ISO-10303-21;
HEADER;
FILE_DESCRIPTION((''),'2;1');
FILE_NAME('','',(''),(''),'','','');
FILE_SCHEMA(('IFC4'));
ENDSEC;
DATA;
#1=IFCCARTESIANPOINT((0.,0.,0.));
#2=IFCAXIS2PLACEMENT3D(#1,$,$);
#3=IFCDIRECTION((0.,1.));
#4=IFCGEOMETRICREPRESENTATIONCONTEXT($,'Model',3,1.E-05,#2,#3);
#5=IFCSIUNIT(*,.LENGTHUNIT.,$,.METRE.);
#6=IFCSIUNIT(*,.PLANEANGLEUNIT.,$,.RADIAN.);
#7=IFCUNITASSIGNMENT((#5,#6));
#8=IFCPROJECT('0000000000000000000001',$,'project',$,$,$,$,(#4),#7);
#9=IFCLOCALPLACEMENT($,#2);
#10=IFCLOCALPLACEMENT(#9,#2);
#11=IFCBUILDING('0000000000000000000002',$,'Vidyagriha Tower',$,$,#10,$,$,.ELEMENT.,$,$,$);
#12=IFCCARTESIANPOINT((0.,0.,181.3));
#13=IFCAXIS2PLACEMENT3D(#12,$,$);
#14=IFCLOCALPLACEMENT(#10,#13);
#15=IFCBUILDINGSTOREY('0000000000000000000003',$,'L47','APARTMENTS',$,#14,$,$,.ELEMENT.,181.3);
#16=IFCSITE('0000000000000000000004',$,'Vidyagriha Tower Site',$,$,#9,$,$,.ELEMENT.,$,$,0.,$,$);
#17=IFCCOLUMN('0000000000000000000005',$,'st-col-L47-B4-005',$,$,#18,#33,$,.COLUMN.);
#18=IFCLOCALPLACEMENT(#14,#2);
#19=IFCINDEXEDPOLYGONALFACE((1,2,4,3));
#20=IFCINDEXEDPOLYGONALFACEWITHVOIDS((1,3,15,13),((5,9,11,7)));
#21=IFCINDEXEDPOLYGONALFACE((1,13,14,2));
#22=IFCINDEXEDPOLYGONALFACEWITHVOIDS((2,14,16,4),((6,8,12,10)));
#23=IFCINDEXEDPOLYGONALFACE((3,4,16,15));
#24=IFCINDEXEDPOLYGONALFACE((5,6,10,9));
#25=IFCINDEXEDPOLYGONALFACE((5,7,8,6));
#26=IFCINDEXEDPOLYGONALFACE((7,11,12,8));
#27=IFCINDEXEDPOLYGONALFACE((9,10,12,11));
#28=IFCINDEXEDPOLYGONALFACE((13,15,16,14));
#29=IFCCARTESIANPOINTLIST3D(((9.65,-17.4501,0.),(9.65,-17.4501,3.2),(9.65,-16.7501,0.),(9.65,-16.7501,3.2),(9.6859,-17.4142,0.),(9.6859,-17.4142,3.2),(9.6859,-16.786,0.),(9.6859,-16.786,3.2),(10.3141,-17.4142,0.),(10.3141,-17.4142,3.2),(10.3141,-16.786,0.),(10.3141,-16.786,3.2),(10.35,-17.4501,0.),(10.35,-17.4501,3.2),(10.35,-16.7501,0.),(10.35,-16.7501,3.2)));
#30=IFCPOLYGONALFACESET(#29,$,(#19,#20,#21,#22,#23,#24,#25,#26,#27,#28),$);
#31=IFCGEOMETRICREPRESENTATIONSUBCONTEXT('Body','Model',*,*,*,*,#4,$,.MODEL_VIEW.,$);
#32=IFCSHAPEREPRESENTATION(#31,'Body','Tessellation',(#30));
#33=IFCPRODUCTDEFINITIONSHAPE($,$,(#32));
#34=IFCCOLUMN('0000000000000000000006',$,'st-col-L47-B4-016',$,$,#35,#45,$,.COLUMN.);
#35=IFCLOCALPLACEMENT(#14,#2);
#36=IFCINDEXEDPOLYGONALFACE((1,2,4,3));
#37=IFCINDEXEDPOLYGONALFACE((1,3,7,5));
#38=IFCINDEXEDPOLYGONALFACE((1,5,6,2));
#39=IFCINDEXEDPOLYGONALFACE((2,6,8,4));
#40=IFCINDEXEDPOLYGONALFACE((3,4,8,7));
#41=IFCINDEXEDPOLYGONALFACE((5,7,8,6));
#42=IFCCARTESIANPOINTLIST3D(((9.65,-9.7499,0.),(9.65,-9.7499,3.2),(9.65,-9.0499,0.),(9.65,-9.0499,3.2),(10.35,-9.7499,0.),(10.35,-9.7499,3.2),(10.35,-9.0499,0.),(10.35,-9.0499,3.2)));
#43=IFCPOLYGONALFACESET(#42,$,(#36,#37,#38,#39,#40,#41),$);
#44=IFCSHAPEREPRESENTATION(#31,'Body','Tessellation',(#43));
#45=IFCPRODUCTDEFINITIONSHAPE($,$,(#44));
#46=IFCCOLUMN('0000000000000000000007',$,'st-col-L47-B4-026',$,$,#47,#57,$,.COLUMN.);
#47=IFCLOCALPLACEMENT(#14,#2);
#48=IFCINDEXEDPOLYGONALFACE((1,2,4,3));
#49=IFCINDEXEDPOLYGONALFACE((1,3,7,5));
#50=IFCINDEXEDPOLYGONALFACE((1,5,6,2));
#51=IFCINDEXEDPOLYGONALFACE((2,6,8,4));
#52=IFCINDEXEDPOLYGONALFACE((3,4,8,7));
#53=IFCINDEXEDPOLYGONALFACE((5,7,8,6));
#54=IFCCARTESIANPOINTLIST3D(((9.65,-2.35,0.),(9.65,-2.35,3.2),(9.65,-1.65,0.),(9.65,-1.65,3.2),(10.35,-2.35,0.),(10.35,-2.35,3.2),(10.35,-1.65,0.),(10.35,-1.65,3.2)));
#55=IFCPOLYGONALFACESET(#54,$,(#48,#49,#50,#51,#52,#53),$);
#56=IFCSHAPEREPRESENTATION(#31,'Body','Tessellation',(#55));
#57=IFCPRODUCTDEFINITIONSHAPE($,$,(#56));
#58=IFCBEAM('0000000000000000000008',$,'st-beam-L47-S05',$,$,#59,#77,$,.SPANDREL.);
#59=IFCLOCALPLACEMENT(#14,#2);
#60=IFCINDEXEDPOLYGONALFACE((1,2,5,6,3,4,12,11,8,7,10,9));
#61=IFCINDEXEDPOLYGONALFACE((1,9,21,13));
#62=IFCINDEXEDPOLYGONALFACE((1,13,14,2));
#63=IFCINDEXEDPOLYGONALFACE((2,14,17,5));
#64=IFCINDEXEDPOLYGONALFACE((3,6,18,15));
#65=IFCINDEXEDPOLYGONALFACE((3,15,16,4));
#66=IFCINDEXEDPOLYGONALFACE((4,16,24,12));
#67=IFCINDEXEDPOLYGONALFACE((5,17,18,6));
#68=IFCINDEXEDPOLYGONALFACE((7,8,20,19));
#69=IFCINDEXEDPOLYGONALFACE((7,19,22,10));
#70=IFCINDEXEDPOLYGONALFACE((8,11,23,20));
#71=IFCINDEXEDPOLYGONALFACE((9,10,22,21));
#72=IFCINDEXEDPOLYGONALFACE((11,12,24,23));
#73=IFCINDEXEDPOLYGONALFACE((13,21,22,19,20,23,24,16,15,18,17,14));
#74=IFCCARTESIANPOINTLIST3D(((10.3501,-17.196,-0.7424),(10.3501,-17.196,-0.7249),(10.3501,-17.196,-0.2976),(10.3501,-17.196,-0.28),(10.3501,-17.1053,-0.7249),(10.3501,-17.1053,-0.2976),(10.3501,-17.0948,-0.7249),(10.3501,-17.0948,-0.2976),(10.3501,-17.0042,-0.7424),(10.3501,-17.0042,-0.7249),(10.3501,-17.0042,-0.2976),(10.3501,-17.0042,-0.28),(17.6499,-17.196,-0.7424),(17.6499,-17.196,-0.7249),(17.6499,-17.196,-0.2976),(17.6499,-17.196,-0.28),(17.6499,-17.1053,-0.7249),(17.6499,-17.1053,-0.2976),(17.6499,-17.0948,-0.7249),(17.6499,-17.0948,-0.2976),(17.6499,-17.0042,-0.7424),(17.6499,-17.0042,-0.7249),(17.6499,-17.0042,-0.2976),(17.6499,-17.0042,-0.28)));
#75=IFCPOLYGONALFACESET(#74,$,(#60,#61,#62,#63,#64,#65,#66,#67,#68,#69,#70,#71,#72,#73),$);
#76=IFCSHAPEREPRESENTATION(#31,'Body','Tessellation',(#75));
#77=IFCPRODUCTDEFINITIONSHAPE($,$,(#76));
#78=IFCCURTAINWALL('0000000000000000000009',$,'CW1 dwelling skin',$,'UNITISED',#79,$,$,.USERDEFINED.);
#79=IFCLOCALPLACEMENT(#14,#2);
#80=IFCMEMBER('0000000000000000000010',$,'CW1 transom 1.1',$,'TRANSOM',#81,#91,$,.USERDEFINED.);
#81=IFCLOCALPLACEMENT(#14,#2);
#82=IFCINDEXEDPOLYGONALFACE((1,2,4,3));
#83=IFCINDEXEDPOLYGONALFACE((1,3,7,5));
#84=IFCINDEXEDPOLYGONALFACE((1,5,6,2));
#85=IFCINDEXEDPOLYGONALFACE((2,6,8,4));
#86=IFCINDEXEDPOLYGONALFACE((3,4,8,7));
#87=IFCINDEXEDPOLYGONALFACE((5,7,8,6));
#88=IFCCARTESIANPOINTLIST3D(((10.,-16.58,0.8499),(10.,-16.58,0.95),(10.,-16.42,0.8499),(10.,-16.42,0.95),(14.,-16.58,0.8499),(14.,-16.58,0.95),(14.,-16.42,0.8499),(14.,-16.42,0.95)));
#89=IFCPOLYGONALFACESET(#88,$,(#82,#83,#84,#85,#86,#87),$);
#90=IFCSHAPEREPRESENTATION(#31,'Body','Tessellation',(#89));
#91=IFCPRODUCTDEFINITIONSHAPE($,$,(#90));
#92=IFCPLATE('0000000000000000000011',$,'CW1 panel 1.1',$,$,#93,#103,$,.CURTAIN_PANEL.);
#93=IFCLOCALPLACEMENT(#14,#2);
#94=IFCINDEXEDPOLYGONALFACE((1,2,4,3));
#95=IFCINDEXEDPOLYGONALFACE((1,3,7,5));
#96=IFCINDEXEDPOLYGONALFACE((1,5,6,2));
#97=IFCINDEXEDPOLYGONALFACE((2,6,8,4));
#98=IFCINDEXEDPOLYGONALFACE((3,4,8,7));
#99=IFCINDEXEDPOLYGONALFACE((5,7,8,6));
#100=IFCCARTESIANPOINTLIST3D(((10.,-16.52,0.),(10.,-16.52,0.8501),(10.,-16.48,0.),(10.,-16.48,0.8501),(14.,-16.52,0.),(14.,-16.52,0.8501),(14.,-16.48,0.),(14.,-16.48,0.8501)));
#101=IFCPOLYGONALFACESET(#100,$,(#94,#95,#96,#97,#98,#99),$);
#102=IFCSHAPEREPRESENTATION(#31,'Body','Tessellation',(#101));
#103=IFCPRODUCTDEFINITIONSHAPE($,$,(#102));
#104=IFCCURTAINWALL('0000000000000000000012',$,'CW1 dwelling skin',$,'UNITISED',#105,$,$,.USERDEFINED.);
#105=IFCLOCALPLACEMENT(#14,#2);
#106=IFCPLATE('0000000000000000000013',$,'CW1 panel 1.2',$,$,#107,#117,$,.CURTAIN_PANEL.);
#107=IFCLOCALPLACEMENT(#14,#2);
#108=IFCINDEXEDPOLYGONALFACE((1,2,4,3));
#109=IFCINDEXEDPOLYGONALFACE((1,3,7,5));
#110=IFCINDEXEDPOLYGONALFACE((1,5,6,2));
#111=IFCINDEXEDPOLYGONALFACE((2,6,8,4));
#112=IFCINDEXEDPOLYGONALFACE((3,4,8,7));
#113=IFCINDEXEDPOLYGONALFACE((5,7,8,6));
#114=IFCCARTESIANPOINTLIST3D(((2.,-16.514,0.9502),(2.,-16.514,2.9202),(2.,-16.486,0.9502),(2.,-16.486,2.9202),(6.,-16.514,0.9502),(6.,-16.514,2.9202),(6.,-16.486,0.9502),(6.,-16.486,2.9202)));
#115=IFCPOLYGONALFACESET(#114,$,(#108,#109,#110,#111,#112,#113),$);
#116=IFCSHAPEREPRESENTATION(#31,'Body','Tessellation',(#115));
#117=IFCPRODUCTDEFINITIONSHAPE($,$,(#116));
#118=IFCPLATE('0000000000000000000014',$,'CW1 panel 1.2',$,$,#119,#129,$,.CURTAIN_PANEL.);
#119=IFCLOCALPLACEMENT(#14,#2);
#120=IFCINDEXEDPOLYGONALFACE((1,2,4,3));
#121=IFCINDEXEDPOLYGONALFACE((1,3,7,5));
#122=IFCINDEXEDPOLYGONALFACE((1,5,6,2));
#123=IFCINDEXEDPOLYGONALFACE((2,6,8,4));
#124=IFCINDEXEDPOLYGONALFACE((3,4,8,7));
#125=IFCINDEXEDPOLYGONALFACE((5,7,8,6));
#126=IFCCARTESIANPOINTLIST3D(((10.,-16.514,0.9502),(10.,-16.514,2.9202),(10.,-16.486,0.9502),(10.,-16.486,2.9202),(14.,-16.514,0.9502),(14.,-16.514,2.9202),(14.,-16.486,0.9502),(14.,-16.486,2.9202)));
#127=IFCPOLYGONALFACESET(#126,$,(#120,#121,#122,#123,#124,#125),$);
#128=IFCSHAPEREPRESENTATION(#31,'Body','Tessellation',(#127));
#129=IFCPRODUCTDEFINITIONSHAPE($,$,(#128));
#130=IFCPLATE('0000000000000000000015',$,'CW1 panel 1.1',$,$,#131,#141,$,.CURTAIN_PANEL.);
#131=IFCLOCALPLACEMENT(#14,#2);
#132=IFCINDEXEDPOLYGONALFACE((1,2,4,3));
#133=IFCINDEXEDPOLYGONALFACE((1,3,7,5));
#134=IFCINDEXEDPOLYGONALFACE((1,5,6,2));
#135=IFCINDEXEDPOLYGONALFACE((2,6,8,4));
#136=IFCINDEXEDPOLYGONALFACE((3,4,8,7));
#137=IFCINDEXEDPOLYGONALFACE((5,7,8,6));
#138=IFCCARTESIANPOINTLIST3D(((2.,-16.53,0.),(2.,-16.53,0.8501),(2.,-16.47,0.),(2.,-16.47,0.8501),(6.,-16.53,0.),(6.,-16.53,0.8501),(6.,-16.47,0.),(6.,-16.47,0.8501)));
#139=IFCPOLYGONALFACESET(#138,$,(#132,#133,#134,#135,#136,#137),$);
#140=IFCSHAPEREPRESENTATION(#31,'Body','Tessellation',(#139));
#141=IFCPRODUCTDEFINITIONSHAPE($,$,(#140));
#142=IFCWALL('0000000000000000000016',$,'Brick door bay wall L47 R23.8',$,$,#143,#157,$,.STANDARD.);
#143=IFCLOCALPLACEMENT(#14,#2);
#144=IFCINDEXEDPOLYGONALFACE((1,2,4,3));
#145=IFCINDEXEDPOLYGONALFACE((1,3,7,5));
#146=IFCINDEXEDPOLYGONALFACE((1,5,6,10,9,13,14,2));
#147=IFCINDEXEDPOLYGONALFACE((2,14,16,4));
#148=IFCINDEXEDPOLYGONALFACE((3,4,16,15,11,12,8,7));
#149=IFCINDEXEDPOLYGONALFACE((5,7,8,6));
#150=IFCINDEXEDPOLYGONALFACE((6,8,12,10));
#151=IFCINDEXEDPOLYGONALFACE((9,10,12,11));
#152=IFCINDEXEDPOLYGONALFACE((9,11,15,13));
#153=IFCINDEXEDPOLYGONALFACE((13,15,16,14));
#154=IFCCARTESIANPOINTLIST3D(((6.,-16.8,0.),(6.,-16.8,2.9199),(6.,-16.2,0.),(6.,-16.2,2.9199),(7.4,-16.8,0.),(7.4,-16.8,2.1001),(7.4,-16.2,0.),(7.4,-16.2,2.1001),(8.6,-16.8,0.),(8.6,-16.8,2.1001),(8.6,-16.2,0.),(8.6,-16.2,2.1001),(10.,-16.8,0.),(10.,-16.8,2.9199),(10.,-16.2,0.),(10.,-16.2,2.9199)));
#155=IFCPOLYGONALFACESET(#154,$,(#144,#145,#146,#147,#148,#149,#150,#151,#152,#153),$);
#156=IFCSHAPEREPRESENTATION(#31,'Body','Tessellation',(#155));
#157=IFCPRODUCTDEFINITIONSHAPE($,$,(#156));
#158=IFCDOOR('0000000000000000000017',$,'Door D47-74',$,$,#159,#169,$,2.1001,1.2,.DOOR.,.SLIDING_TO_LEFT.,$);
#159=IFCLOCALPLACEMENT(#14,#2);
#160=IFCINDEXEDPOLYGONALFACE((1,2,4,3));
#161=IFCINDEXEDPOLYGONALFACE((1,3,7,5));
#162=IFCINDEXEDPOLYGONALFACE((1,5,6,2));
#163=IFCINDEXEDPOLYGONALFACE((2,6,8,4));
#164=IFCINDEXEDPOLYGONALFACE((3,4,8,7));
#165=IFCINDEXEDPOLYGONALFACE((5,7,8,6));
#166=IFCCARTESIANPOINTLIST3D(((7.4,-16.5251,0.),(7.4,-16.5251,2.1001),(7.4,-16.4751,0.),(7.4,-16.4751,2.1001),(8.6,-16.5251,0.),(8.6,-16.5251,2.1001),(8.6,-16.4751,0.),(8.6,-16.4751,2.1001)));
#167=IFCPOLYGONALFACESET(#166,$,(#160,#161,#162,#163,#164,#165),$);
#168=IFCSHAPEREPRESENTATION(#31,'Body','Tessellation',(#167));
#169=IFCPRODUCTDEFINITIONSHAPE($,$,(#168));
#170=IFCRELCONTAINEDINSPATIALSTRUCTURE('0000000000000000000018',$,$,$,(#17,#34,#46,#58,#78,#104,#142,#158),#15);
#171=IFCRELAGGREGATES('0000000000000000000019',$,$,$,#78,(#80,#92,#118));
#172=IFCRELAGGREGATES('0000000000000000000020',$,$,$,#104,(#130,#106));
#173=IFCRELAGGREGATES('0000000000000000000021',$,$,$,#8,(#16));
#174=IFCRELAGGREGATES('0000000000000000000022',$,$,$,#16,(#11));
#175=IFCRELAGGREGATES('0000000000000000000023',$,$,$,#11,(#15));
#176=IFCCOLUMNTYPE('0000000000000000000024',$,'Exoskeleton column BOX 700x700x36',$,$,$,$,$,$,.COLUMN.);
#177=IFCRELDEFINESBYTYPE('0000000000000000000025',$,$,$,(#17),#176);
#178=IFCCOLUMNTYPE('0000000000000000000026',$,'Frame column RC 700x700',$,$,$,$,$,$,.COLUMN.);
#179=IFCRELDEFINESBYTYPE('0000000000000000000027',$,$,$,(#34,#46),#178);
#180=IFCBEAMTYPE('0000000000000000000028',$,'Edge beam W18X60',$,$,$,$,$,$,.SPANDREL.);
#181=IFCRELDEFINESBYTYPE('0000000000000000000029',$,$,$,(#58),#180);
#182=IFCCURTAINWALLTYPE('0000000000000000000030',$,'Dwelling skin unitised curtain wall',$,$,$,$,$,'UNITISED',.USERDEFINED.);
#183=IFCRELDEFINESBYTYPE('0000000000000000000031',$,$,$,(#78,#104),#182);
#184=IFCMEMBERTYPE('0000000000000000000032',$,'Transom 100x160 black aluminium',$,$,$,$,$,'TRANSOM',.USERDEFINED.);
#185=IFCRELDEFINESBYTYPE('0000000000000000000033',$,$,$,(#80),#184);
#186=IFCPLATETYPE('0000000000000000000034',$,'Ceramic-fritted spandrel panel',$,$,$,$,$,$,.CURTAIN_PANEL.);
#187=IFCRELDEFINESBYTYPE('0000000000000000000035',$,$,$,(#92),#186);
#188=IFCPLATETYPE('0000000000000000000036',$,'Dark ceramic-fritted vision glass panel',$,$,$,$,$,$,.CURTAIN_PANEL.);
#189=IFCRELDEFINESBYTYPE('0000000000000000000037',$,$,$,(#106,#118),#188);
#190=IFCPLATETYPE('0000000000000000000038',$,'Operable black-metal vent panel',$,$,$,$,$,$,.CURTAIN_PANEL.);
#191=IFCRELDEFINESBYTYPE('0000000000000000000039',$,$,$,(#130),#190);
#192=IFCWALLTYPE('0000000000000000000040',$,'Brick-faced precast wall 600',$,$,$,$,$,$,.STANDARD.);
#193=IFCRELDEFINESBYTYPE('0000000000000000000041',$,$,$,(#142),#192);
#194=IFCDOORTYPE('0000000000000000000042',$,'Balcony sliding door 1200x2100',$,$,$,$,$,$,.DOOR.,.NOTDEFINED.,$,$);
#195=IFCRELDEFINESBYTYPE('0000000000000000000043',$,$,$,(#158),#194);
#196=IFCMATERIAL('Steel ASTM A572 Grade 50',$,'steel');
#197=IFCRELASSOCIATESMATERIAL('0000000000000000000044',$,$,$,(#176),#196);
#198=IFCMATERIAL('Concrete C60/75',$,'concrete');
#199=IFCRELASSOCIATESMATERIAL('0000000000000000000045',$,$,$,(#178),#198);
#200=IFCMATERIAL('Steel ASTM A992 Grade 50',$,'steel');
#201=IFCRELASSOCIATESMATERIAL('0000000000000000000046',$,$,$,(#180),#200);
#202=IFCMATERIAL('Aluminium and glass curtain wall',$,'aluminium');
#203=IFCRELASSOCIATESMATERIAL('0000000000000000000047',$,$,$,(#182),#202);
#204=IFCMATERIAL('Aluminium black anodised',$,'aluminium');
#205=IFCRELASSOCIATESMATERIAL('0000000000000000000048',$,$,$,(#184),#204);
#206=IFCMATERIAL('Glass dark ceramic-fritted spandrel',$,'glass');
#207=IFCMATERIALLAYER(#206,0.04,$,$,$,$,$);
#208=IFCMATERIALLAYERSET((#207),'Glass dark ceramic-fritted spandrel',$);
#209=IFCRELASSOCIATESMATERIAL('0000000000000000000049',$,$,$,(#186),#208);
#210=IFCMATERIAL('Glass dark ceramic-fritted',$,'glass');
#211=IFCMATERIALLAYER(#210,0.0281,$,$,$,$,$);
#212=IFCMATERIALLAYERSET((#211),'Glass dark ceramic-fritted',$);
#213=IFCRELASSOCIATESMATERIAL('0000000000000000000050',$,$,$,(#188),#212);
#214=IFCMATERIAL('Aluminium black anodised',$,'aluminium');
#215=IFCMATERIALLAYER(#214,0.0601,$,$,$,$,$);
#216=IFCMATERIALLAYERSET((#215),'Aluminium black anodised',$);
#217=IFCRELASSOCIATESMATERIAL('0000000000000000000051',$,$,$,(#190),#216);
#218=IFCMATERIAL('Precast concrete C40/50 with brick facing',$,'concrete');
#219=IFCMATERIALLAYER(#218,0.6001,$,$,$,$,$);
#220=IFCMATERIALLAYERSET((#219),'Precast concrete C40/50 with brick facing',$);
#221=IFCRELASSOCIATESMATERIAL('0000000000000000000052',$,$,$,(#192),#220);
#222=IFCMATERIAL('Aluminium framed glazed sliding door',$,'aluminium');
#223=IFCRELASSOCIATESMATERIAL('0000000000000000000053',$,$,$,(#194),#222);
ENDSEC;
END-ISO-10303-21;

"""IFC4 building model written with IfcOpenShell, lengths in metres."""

from ifc_helpers import new_model, si_unit, direction, frame, frame_2d, origin, origin_2d, place, context, subcontext, project, spatial, rectangle, hollow_rectangle, i_section, extrude, material, layer, layer_set, material_profile, profile_set, type_object, element, fill, aggregate, save


model = new_model("IFC4")

# Units and contexts
model_context = context("Model", 3, precision=1e-05, world=origin(), true_north=direction((0.0, 1.0)))
body_context = subcontext(model_context, "Body", "Model", "MODEL_VIEW")
ifc_project = project(units=[si_unit("LENGTHUNIT", "METRE"), si_unit("PLANEANGLEUNIT", "RADIAN")], contexts=[model_context])

# Site, building, storey
site_placement = place(None, origin())
site = spatial("IfcSite", under=ifc_project, at=site_placement, Name="Vidyagriha Tower Site", CompositionType="ELEMENT", RefElevation=0.0)
building_placement = place(site_placement, origin())
building = spatial("IfcBuilding", under=site, at=building_placement, Name="Vidyagriha Tower", CompositionType="ELEMENT")
storey_placement = place(building_placement, frame((0.0, 0.0, 181.3)))
storey = spatial("IfcBuildingStorey", under=building, at=storey_placement, Name="L47", Description="APARTMENTS", CompositionType="ELEMENT", Elevation=181.3)

# Columns
ifc_material_1 = material(Name="Steel ASTM A572 Grade 50", Category="steel")
ifc_material_profile_1 = material_profile(ifc_material_1, hollow_rectangle(XDim=0.7, YDim=0.7, WallThickness=0.0359, at=origin_2d()), Name="BOX 700x700x36")
ifc_profile_set_1 = profile_set([ifc_material_profile_1], Name="Steel ASTM A572 Grade 50")
column_type_1 = type_object("IfcColumnType", Name="Exoskeleton column BOX 700x700x36", PredefinedType="COLUMN", material=ifc_profile_set_1)
column_placement = place(storey_placement, frame((10.0, -17.1001, 0.0)))
element("IfcColumn", 1, at=column_placement, inside=storey, type_object=column_type_1, Name="st-col-L47-B4-005", PredefinedType="COLUMN", context=body_context, shape_type="SweptSolid", body=[
    extrude(hollow_rectangle(XDim=0.7, YDim=0.7, WallThickness=0.0359, at=origin_2d()), origin(), (0.0, 0.0, 1.0), 3.2),
])
ifc_material_2 = material(Name="Concrete C60/75", Category="concrete")
ifc_material_profile_2 = material_profile(ifc_material_2, rectangle(XDim=0.7, YDim=0.7, at=origin_2d()), Name="RC 700x700")
ifc_profile_set_2 = profile_set([ifc_material_profile_2], Name="Concrete C60/75")
column_type_2 = type_object("IfcColumnType", Name="Frame column RC 700x700", PredefinedType="COLUMN", material=ifc_profile_set_2)
for number, where, name in (
    (2, (10.0, -9.3999, 0.0), "st-col-L47-B4-016"),
    (3, (10.0, -2.0, 0.0), "st-col-L47-B4-026"),
):
    element("IfcColumn", number, at=place(storey_placement, frame(where)), inside=storey, type_object=column_type_2, Name=name, PredefinedType="COLUMN", context=body_context, shape_type="SweptSolid", body=[
        extrude(rectangle(XDim=0.7, YDim=0.7, at=origin_2d()), origin(), (0.0, 0.0, 1.0), 3.2),
    ])

# Beam
ifc_material_3 = material(Name="Steel ASTM A992 Grade 50", Category="steel")
ifc_material_profile_3 = material_profile(ifc_material_3, i_section(OverallWidth=0.1919, OverallDepth=0.4624, WebThickness=0.0105, FlangeThickness=0.0176, at=origin_2d()), Name="W18X60")
ifc_profile_set_3 = profile_set([ifc_material_profile_3], Name="Steel ASTM A992 Grade 50")
beam_type = type_object("IfcBeamType", Name="Edge beam W18X60", PredefinedType="SPANDREL", material=ifc_profile_set_3)
beam_placement = place(storey_placement, frame((10.3501, -17.1001, -0.5112), z_axis=(1.0, 0.0, 0.0), x_axis=(0.0, 1.0, 0.0)))
element("IfcBeam", 4, at=beam_placement, inside=storey, type_object=beam_type, Name="st-beam-L47-S05", PredefinedType="SPANDREL", context=body_context, shape_type="SweptSolid", body=[
    extrude(i_section(OverallWidth=0.1919, OverallDepth=0.4624, WebThickness=0.0105, FlangeThickness=0.0176, at=origin_2d()), origin(), (0.0, 0.0, 1.0), 7.2998),
])

# Curtain wall, member, plate
ifc_material_4 = material(Name="Aluminium and glass curtain wall", Category="aluminium")
curtain_wall_type = type_object("IfcCurtainWallType", Name="Dwelling skin unitised curtain wall", ElementType="UNITISED", PredefinedType="USERDEFINED", material=ifc_material_4)
curtain_wall_1_placement = place(storey_placement, origin())
curtain_wall_1 = element("IfcCurtainWall", 5, at=curtain_wall_1_placement, inside=storey, type_object=curtain_wall_type, Name="CW1 dwelling skin", ObjectType="UNITISED", PredefinedType="USERDEFINED")
ifc_material_5 = material(Name="Aluminium black anodised", Category="aluminium")
ifc_material_profile_4 = material_profile(ifc_material_5, rectangle(XDim=0.1599, YDim=0.1001, at=origin_2d()), Name="Transom 100x160 black aluminium")
ifc_profile_set_4 = profile_set([ifc_material_profile_4], Name="Aluminium black anodised")
member_type = type_object("IfcMemberType", Name="Transom 100x160 black aluminium", ElementType="TRANSOM", PredefinedType="USERDEFINED", material=ifc_profile_set_4)
member_placement = place(storey_placement, frame((10.0, -16.5, 0.8999), z_axis=(1.0, 0.0, 0.0), x_axis=(0.0, 1.0, 0.0)))
member = element("IfcMember", 6, at=member_placement, type_object=member_type, Name="CW1 transom 1.1", ObjectType="TRANSOM", PredefinedType="USERDEFINED", context=body_context, shape_type="SweptSolid", body=[
    extrude(rectangle(XDim=0.1599, YDim=0.1001, at=origin_2d()), origin(), (0.0, 0.0, 1.0), 4.0),
])
ifc_material_6 = material(Name="Glass dark ceramic-fritted spandrel", Category="glass")
ifc_layer_1 = layer(ifc_material_6, 0.04)
ifc_layer_set_1 = layer_set([ifc_layer_1], Name="Glass dark ceramic-fritted spandrel")
plate_type_1 = type_object("IfcPlateType", Name="Ceramic-fritted spandrel panel", PredefinedType="CURTAIN_PANEL", material=ifc_layer_set_1)
plate_1_placement = place(storey_placement, frame((12.0, -16.5, 0.0)))
plate_1 = element("IfcPlate", 7, at=plate_1_placement, type_object=plate_type_1, Name="CW1 panel 1.1", PredefinedType="CURTAIN_PANEL", context=body_context, shape_type="SweptSolid", body=[
    extrude(rectangle(XDim=4.0, YDim=0.04, at=origin_2d()), origin(), (0.0, 0.0, 1.0), 0.8501),
])

# Curtain wall, plate
curtain_wall_2_placement = place(storey_placement, origin())
curtain_wall_2 = element("IfcCurtainWall", 8, at=curtain_wall_2_placement, inside=storey, type_object=curtain_wall_type, Name="CW1 dwelling skin", ObjectType="UNITISED", PredefinedType="USERDEFINED")
ifc_material_7 = material(Name="Glass dark ceramic-fritted", Category="glass")
ifc_layer_2 = layer(ifc_material_7, 0.0281)
ifc_layer_set_2 = layer_set([ifc_layer_2], Name="Glass dark ceramic-fritted")
plate_type_2 = type_object("IfcPlateType", Name="Dark ceramic-fritted vision glass panel", PredefinedType="CURTAIN_PANEL", material=ifc_layer_set_2)
plate_2_placement = place(storey_placement, frame((4.0, -16.5, 0.9502)))
plate_2 = element("IfcPlate", 9, at=plate_2_placement, type_object=plate_type_2, Name="CW1 panel 1.2", PredefinedType="CURTAIN_PANEL", context=body_context, shape_type="SweptSolid", body=[
    extrude(rectangle(XDim=4.0, YDim=0.0281, at=origin_2d()), origin(), (0.0, 0.0, 1.0), 1.97),
])

# Plates
plate_3_placement = place(storey_placement, frame((12.0, -16.5, 0.9502)))
plate_3 = element("IfcPlate", 10, at=plate_3_placement, type_object=plate_type_2, Name="CW1 panel 1.2", PredefinedType="CURTAIN_PANEL", context=body_context, shape_type="SweptSolid", body=[
    extrude(rectangle(XDim=4.0, YDim=0.0281, at=origin_2d()), origin(), (0.0, 0.0, 1.0), 1.97),
])
aggregate(curtain_wall_1, [member, plate_1, plate_3])
ifc_material_8 = material(Name="Aluminium black anodised", Category="aluminium")
ifc_layer_3 = layer(ifc_material_8, 0.0601)
ifc_layer_set_3 = layer_set([ifc_layer_3], Name="Aluminium black anodised")
plate_type_3 = type_object("IfcPlateType", Name="Operable black-metal vent panel", PredefinedType="CURTAIN_PANEL", material=ifc_layer_set_3)
plate_4_placement = place(storey_placement, frame((4.0, -16.5, 0.0)))
plate_4 = element("IfcPlate", 11, at=plate_4_placement, type_object=plate_type_3, Name="CW1 panel 1.1", PredefinedType="CURTAIN_PANEL", context=body_context, shape_type="SweptSolid", body=[
    extrude(rectangle(XDim=4.0, YDim=0.0601, at=origin_2d()), origin(), (0.0, 0.0, 1.0), 0.8501),
])
aggregate(curtain_wall_2, [plate_4, plate_2])

# Wall, opening, door
ifc_material_9 = material(Name="Precast concrete C40/50 with brick facing", Category="concrete")
ifc_layer_4 = layer(ifc_material_9, 0.6001)
ifc_layer_set_4 = layer_set([ifc_layer_4], Name="Precast concrete C40/50 with brick facing")
wall_type_1 = type_object("IfcWallType", Name="Brick-faced precast wall 600", PredefinedType="STANDARD", material=ifc_layer_set_4)
wall_1_placement = place(storey_placement, frame((6.0, -16.5, 0.0)))
wall_1 = element("IfcWall", 12, at=wall_1_placement, inside=storey, type_object=wall_type_1, Name="Brick door bay wall L47 R23.8", PredefinedType="STANDARD", context=body_context, shape_type="SweptSolid", body=[
    extrude(rectangle(XDim=4.0, YDim=0.6001, at=frame_2d((2.0, 0.0))), origin(), (0.0, 0.0, 1.0), 2.9199),
])
opening_1_placement = place(wall_1_placement, frame((1.3999, 0.0, 0.0)))
opening_1 = element("IfcOpeningElement", 13, at=opening_1_placement, cuts=wall_1, PredefinedType="OPENING", context=body_context, shape_type="SweptSolid", body=[
    extrude(rectangle(XDim=1.2, YDim=2.1001, at=frame_2d((0.6001, 1.05))), frame((0.0, 0.3101, 0.0), z_axis=(0.0, -1.0, 0.0), x_axis=(1.0, 0.0, 0.0)), (0.0, 0.0, 1.0), 0.6201),
])
ifc_material_10 = material(Name="Aluminium framed glazed sliding door", Category="aluminium")
door_type_1 = type_object("IfcDoorType", Name="Balcony sliding door 1200x2100", OperationType="NOTDEFINED", PredefinedType="DOOR", material=ifc_material_10)
door_1_placement = place(opening_1_placement, origin())
door_1 = element("IfcDoor", 14, at=door_1_placement, inside=storey, type_object=door_type_1, Name="Door D47-74", OperationType="SLIDING_TO_LEFT", OverallHeight=2.1001, OverallWidth=1.2, PredefinedType="DOOR", context=body_context, shape_type="SweptSolid", body=[
    extrude(rectangle(XDim=1.2, YDim=2.1001, at=frame_2d((0.6001, 1.05))), frame((0.0, 0.0249, 0.0), z_axis=(0.0, -1.0, 0.0), x_axis=(1.0, 0.0, 0.0)), (0.0, 0.0, 1.0), 0.05),
])
fill(opening_1, door_1)

save(model, "model.ifc")
